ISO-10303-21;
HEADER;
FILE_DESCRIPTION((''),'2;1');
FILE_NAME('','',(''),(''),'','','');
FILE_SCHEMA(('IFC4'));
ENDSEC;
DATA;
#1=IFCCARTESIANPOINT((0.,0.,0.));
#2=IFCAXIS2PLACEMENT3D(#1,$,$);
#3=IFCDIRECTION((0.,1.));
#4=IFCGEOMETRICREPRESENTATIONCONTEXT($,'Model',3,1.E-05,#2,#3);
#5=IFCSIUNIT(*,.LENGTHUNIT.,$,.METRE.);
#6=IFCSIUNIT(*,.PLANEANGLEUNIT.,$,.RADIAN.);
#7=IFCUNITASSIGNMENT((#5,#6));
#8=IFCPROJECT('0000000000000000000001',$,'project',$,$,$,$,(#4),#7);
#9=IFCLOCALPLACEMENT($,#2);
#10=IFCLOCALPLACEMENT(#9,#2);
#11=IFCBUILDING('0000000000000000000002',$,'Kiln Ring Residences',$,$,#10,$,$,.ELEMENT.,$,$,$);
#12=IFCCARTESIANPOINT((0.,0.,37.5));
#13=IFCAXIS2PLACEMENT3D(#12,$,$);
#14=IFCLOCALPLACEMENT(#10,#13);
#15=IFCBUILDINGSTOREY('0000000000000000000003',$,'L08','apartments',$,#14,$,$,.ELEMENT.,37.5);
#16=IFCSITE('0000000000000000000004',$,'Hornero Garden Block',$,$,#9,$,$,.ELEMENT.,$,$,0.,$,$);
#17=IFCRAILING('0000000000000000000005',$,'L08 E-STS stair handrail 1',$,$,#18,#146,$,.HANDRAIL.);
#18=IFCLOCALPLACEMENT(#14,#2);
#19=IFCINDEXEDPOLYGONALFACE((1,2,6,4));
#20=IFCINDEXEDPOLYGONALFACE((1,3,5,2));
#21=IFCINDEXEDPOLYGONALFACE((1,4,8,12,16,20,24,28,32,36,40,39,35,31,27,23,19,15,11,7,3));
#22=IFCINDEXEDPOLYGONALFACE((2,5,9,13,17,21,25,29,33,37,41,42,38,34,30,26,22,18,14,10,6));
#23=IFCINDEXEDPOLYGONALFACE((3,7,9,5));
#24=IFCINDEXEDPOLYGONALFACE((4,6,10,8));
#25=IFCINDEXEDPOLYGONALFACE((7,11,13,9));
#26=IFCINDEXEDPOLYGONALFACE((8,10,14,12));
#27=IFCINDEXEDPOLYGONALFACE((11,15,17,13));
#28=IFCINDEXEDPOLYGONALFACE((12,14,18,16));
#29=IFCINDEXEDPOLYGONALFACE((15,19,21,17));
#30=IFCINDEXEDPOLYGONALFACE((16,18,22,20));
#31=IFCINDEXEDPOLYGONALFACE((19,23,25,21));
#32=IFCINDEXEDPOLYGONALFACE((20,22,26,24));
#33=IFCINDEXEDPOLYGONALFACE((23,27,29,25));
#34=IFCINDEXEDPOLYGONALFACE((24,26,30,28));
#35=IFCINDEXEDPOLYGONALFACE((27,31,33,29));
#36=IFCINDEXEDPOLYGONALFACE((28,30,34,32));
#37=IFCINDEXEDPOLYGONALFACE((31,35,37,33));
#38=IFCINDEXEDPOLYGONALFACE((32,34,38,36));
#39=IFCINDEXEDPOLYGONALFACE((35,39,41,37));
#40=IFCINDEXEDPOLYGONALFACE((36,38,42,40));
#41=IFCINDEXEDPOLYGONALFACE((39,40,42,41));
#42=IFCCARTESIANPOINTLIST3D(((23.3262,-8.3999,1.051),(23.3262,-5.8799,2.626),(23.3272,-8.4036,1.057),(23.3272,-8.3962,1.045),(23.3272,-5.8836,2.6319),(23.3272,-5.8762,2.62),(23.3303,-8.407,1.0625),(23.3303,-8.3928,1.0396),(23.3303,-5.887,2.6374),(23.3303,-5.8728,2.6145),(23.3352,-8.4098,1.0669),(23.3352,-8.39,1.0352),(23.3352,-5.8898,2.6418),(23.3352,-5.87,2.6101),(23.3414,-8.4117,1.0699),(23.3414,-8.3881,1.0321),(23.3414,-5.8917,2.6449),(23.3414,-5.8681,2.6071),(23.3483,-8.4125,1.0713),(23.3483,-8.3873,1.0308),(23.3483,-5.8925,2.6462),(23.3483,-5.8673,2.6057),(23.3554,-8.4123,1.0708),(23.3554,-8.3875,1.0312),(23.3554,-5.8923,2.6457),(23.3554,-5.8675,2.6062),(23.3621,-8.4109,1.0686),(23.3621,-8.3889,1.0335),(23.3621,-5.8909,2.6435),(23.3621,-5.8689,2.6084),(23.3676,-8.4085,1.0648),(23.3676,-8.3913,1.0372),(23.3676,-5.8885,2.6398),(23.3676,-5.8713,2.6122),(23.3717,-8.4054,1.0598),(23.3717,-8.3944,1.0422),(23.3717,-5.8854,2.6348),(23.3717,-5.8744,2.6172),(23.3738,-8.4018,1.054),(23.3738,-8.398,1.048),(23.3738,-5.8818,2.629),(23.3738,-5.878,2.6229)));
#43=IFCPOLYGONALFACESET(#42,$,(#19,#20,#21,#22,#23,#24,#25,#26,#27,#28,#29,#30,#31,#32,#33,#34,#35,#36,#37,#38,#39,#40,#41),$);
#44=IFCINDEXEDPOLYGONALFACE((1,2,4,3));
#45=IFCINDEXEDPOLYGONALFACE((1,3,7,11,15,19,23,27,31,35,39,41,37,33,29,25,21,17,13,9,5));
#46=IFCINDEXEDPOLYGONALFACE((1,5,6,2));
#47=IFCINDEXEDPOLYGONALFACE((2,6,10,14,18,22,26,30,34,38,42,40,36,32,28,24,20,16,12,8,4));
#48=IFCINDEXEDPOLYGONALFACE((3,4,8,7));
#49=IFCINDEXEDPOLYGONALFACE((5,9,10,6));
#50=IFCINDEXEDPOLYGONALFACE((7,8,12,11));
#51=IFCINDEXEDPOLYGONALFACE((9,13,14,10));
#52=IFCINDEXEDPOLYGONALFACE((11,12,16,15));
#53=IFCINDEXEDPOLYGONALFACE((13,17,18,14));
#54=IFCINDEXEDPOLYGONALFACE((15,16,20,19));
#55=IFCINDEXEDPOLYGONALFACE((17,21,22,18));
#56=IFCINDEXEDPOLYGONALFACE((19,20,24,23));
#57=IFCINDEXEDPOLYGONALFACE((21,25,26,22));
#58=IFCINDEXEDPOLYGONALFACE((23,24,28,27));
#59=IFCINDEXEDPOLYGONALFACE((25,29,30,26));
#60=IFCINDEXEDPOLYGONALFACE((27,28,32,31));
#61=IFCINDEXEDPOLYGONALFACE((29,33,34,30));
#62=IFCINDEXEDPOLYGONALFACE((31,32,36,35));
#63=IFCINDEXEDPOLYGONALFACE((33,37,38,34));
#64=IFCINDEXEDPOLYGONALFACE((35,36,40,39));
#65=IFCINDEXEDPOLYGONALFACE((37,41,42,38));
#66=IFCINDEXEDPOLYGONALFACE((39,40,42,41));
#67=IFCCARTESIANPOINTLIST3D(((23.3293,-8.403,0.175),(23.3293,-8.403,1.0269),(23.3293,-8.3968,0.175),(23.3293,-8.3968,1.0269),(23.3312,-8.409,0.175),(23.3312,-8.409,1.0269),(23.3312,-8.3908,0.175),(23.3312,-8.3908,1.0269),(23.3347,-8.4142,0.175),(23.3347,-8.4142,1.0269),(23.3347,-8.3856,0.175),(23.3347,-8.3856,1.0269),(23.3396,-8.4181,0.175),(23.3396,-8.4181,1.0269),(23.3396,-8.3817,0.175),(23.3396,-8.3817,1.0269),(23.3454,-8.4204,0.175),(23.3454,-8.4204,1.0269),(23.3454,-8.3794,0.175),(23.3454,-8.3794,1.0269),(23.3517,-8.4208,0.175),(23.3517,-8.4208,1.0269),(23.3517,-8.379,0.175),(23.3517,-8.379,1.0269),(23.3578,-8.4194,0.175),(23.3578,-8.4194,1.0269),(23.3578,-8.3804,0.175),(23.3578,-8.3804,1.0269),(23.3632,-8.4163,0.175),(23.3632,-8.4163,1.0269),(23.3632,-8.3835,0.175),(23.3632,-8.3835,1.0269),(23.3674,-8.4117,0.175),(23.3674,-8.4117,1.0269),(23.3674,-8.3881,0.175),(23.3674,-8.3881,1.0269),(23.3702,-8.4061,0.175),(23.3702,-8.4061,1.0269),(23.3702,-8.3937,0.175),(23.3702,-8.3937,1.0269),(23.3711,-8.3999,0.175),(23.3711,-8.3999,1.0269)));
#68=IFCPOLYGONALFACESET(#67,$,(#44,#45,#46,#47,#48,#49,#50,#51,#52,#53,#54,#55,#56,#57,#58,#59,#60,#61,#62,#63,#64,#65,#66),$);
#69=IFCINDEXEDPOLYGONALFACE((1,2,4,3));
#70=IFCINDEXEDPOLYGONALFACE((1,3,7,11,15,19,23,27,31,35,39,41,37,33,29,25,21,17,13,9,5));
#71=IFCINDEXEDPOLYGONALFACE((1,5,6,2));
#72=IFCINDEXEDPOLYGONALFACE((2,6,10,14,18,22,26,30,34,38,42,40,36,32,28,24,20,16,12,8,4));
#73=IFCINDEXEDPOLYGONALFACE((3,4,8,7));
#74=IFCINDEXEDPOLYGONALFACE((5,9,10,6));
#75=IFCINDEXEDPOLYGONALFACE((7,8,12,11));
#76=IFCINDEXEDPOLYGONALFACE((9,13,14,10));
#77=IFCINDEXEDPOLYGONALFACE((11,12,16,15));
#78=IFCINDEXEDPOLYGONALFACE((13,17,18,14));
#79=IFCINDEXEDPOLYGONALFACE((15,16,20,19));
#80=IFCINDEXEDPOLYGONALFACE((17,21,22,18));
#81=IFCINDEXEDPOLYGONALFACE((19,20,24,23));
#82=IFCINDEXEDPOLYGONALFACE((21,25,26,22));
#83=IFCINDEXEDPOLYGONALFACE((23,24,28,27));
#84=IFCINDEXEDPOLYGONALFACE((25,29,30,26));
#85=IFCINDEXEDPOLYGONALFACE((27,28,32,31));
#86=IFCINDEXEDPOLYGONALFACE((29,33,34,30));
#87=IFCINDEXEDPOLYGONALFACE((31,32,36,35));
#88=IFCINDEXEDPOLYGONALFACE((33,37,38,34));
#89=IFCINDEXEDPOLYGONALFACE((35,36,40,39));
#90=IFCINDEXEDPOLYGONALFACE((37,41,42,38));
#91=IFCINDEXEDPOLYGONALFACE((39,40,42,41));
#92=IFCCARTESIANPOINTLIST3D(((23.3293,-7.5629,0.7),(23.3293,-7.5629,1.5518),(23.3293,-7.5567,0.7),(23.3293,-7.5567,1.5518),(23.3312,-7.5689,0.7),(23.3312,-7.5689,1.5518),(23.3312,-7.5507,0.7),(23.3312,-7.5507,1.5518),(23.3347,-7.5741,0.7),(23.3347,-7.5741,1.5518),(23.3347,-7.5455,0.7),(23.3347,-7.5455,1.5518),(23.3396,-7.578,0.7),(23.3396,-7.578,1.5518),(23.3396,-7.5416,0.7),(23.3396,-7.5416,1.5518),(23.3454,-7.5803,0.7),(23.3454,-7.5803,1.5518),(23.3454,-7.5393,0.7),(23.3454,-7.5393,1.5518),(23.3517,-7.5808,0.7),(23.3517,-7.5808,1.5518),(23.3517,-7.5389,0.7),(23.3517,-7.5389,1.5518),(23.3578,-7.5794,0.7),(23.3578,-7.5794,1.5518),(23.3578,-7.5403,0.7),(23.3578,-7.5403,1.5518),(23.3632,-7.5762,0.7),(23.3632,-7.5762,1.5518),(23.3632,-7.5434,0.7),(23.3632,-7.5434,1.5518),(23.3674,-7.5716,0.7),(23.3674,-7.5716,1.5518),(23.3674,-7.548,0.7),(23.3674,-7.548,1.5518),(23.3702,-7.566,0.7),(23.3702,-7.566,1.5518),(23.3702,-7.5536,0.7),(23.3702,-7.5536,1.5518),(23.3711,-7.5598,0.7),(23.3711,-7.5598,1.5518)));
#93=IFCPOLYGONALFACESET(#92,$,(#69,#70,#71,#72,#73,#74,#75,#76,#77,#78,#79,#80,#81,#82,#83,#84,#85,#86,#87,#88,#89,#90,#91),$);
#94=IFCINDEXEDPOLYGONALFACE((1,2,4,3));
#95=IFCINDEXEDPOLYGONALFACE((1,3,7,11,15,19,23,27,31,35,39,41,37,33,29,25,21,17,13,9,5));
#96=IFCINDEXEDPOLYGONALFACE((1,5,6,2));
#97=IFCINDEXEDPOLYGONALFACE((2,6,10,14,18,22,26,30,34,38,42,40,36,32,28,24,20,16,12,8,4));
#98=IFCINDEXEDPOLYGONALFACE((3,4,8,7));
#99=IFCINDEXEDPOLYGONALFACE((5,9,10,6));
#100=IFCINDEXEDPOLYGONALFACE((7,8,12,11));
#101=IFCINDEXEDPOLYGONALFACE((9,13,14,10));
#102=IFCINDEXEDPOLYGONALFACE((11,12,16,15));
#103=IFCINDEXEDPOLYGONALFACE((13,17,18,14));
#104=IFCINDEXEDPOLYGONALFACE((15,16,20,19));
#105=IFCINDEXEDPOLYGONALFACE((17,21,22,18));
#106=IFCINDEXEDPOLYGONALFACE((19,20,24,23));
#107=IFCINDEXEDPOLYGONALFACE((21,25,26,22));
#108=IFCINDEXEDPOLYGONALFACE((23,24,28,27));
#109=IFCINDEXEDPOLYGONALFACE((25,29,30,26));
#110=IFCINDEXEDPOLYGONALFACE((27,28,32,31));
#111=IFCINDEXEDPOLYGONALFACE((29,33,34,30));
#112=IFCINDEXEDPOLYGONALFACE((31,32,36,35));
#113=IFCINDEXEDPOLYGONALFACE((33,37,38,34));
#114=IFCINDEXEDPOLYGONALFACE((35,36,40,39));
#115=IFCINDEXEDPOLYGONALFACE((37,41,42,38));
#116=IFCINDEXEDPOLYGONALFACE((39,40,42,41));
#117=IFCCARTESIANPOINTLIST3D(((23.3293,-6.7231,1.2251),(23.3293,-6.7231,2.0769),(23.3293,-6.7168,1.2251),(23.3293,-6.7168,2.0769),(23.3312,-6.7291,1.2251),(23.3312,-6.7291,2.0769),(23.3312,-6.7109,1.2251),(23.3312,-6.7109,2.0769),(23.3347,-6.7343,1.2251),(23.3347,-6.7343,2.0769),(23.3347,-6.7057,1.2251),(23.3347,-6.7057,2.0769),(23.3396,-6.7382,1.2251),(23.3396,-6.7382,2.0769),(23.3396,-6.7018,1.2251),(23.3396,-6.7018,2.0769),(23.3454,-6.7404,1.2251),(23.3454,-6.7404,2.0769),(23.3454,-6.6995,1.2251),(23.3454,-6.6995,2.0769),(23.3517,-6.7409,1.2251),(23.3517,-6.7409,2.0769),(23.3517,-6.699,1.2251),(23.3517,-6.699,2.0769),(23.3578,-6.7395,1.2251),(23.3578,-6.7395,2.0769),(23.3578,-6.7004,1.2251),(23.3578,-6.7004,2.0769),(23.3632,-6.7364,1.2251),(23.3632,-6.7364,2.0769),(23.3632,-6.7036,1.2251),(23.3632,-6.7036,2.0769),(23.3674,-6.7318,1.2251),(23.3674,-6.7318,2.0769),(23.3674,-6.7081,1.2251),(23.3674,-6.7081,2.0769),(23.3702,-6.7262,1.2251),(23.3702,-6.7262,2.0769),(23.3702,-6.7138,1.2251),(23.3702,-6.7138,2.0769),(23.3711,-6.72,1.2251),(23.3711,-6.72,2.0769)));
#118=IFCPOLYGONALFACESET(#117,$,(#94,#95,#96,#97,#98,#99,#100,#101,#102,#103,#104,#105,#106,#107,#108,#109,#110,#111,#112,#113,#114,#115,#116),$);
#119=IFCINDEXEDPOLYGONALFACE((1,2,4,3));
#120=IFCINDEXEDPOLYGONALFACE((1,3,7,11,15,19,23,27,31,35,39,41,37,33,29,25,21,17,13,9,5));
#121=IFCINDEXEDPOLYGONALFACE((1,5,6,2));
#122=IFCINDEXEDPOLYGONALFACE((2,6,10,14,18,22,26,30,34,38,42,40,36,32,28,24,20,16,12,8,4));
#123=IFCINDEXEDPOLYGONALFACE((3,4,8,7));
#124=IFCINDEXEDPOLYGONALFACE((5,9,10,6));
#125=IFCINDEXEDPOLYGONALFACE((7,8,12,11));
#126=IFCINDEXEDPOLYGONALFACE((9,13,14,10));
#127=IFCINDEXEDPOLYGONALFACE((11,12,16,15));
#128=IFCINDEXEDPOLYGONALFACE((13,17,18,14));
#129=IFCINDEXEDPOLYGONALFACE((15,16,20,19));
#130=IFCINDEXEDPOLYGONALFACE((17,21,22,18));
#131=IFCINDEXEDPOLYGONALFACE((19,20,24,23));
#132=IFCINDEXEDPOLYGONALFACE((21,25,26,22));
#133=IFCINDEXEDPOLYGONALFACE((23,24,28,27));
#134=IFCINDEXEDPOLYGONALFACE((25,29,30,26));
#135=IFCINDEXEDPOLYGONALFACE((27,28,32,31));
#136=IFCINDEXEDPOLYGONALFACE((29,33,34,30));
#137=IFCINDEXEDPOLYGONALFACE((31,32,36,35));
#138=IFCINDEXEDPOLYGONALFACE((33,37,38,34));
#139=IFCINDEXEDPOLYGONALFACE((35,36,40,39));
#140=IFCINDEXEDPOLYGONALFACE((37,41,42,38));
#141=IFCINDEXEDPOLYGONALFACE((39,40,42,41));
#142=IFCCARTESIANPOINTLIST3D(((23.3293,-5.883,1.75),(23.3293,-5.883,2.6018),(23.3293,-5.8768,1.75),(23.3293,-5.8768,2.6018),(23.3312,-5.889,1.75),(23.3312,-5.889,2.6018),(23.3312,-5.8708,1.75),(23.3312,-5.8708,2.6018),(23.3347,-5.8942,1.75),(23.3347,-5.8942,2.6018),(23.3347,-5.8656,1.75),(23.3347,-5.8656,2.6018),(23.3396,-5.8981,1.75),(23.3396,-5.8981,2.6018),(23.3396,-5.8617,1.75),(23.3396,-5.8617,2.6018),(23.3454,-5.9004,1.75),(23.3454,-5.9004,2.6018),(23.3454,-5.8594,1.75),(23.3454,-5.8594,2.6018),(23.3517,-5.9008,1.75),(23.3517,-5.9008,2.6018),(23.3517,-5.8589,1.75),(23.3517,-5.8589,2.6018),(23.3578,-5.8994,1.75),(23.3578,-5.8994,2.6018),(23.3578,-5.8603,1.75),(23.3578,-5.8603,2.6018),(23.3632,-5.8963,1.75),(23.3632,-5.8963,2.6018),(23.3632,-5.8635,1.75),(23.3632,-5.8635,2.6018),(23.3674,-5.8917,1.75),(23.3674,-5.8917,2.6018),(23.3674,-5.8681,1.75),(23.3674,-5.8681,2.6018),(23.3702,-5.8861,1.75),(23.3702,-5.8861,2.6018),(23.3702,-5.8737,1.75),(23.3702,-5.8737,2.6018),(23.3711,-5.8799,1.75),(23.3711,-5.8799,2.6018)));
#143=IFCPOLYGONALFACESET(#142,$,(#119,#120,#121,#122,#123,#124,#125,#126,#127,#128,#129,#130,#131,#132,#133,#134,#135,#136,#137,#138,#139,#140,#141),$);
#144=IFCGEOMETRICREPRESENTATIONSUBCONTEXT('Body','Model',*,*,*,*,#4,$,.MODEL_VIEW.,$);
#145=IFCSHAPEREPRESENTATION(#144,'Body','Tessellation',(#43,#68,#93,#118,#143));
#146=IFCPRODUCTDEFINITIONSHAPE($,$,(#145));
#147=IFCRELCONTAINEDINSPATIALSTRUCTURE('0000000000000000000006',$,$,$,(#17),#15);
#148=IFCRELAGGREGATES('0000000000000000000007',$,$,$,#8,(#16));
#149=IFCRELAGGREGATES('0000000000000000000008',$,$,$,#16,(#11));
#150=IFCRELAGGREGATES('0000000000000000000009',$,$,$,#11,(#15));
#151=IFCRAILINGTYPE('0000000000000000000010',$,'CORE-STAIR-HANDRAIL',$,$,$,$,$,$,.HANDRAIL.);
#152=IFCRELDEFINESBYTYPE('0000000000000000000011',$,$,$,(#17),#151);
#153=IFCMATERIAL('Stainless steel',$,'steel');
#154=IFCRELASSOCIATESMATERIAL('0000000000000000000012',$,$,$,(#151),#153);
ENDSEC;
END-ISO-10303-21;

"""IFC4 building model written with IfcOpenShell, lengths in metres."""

from ifc_helpers import new_model, si_unit, direction, frame, origin, origin_2d, place, context, subcontext, project, spatial, circle, extrude, material, type_object, element, save


model = new_model("IFC4")

# Units and contexts
model_context = context("Model", 3, precision=1e-05, world=origin(), true_north=direction((0.0, 1.0)))
body_context = subcontext(model_context, "Body", "Model", "MODEL_VIEW")
ifc_project = project(units=[si_unit("LENGTHUNIT", "METRE"), si_unit("PLANEANGLEUNIT", "RADIAN")], contexts=[model_context])

# Site, building, storey
site_placement = place(None, origin())
site = spatial("IfcSite", under=ifc_project, at=site_placement, Name="Hornero Garden Block", CompositionType="ELEMENT", RefElevation=0.0)
building_placement = place(site_placement, origin())
building = spatial("IfcBuilding", under=site, at=building_placement, Name="Kiln Ring Residences", CompositionType="ELEMENT")
storey_placement = place(building_placement, frame((0.0, 0.0, 37.5)))
storey = spatial("IfcBuildingStorey", under=building, at=storey_placement, Name="L08", Description="apartments", CompositionType="ELEMENT", Elevation=37.5)

# Railing
ifc_material_1 = material(Name="Stainless steel", Category="steel")
railing_type_1 = type_object("IfcRailingType", Name="CORE-STAIR-HANDRAIL", PredefinedType="HANDRAIL", material=ifc_material_1)
railing_1_placement = place(storey_placement, frame((23.3501, -8.3999, 0.175)))
element("IfcRailing", 1, at=railing_1_placement, inside=storey, type_object=railing_type_1, Name="L08 E-STS stair handrail 1", PredefinedType="HANDRAIL", context=body_context, shape_type="SweptSolid", body=[
    extrude(circle(Radius=0.0239, at=origin_2d()), frame((0.0, 0.0, 0.876), z_axis=(0.0, 0.848008, 0.529984), x_axis=(-1.0, 0.0, 0.0)), (0.0, 0.0, 1.0), 2.9717),
    extrude(circle(Radius=0.021, at=origin_2d()), origin(), (0.0, 0.0, 1.0), 0.8518),
    extrude(circle(Radius=0.021, at=origin_2d()), frame((0.0, 0.8401, 0.5249)), (0.0, 0.0, 1.0), 0.8518),
    extrude(circle(Radius=0.021, at=origin_2d()), frame((0.0, 1.6799, 1.05)), (0.0, 0.0, 1.0), 0.8518),
    extrude(circle(Radius=0.021, at=origin_2d()), frame((0.0, 2.52, 1.575)), (0.0, 0.0, 1.0), 0.8518),
])

save(model, "model.ifc")
